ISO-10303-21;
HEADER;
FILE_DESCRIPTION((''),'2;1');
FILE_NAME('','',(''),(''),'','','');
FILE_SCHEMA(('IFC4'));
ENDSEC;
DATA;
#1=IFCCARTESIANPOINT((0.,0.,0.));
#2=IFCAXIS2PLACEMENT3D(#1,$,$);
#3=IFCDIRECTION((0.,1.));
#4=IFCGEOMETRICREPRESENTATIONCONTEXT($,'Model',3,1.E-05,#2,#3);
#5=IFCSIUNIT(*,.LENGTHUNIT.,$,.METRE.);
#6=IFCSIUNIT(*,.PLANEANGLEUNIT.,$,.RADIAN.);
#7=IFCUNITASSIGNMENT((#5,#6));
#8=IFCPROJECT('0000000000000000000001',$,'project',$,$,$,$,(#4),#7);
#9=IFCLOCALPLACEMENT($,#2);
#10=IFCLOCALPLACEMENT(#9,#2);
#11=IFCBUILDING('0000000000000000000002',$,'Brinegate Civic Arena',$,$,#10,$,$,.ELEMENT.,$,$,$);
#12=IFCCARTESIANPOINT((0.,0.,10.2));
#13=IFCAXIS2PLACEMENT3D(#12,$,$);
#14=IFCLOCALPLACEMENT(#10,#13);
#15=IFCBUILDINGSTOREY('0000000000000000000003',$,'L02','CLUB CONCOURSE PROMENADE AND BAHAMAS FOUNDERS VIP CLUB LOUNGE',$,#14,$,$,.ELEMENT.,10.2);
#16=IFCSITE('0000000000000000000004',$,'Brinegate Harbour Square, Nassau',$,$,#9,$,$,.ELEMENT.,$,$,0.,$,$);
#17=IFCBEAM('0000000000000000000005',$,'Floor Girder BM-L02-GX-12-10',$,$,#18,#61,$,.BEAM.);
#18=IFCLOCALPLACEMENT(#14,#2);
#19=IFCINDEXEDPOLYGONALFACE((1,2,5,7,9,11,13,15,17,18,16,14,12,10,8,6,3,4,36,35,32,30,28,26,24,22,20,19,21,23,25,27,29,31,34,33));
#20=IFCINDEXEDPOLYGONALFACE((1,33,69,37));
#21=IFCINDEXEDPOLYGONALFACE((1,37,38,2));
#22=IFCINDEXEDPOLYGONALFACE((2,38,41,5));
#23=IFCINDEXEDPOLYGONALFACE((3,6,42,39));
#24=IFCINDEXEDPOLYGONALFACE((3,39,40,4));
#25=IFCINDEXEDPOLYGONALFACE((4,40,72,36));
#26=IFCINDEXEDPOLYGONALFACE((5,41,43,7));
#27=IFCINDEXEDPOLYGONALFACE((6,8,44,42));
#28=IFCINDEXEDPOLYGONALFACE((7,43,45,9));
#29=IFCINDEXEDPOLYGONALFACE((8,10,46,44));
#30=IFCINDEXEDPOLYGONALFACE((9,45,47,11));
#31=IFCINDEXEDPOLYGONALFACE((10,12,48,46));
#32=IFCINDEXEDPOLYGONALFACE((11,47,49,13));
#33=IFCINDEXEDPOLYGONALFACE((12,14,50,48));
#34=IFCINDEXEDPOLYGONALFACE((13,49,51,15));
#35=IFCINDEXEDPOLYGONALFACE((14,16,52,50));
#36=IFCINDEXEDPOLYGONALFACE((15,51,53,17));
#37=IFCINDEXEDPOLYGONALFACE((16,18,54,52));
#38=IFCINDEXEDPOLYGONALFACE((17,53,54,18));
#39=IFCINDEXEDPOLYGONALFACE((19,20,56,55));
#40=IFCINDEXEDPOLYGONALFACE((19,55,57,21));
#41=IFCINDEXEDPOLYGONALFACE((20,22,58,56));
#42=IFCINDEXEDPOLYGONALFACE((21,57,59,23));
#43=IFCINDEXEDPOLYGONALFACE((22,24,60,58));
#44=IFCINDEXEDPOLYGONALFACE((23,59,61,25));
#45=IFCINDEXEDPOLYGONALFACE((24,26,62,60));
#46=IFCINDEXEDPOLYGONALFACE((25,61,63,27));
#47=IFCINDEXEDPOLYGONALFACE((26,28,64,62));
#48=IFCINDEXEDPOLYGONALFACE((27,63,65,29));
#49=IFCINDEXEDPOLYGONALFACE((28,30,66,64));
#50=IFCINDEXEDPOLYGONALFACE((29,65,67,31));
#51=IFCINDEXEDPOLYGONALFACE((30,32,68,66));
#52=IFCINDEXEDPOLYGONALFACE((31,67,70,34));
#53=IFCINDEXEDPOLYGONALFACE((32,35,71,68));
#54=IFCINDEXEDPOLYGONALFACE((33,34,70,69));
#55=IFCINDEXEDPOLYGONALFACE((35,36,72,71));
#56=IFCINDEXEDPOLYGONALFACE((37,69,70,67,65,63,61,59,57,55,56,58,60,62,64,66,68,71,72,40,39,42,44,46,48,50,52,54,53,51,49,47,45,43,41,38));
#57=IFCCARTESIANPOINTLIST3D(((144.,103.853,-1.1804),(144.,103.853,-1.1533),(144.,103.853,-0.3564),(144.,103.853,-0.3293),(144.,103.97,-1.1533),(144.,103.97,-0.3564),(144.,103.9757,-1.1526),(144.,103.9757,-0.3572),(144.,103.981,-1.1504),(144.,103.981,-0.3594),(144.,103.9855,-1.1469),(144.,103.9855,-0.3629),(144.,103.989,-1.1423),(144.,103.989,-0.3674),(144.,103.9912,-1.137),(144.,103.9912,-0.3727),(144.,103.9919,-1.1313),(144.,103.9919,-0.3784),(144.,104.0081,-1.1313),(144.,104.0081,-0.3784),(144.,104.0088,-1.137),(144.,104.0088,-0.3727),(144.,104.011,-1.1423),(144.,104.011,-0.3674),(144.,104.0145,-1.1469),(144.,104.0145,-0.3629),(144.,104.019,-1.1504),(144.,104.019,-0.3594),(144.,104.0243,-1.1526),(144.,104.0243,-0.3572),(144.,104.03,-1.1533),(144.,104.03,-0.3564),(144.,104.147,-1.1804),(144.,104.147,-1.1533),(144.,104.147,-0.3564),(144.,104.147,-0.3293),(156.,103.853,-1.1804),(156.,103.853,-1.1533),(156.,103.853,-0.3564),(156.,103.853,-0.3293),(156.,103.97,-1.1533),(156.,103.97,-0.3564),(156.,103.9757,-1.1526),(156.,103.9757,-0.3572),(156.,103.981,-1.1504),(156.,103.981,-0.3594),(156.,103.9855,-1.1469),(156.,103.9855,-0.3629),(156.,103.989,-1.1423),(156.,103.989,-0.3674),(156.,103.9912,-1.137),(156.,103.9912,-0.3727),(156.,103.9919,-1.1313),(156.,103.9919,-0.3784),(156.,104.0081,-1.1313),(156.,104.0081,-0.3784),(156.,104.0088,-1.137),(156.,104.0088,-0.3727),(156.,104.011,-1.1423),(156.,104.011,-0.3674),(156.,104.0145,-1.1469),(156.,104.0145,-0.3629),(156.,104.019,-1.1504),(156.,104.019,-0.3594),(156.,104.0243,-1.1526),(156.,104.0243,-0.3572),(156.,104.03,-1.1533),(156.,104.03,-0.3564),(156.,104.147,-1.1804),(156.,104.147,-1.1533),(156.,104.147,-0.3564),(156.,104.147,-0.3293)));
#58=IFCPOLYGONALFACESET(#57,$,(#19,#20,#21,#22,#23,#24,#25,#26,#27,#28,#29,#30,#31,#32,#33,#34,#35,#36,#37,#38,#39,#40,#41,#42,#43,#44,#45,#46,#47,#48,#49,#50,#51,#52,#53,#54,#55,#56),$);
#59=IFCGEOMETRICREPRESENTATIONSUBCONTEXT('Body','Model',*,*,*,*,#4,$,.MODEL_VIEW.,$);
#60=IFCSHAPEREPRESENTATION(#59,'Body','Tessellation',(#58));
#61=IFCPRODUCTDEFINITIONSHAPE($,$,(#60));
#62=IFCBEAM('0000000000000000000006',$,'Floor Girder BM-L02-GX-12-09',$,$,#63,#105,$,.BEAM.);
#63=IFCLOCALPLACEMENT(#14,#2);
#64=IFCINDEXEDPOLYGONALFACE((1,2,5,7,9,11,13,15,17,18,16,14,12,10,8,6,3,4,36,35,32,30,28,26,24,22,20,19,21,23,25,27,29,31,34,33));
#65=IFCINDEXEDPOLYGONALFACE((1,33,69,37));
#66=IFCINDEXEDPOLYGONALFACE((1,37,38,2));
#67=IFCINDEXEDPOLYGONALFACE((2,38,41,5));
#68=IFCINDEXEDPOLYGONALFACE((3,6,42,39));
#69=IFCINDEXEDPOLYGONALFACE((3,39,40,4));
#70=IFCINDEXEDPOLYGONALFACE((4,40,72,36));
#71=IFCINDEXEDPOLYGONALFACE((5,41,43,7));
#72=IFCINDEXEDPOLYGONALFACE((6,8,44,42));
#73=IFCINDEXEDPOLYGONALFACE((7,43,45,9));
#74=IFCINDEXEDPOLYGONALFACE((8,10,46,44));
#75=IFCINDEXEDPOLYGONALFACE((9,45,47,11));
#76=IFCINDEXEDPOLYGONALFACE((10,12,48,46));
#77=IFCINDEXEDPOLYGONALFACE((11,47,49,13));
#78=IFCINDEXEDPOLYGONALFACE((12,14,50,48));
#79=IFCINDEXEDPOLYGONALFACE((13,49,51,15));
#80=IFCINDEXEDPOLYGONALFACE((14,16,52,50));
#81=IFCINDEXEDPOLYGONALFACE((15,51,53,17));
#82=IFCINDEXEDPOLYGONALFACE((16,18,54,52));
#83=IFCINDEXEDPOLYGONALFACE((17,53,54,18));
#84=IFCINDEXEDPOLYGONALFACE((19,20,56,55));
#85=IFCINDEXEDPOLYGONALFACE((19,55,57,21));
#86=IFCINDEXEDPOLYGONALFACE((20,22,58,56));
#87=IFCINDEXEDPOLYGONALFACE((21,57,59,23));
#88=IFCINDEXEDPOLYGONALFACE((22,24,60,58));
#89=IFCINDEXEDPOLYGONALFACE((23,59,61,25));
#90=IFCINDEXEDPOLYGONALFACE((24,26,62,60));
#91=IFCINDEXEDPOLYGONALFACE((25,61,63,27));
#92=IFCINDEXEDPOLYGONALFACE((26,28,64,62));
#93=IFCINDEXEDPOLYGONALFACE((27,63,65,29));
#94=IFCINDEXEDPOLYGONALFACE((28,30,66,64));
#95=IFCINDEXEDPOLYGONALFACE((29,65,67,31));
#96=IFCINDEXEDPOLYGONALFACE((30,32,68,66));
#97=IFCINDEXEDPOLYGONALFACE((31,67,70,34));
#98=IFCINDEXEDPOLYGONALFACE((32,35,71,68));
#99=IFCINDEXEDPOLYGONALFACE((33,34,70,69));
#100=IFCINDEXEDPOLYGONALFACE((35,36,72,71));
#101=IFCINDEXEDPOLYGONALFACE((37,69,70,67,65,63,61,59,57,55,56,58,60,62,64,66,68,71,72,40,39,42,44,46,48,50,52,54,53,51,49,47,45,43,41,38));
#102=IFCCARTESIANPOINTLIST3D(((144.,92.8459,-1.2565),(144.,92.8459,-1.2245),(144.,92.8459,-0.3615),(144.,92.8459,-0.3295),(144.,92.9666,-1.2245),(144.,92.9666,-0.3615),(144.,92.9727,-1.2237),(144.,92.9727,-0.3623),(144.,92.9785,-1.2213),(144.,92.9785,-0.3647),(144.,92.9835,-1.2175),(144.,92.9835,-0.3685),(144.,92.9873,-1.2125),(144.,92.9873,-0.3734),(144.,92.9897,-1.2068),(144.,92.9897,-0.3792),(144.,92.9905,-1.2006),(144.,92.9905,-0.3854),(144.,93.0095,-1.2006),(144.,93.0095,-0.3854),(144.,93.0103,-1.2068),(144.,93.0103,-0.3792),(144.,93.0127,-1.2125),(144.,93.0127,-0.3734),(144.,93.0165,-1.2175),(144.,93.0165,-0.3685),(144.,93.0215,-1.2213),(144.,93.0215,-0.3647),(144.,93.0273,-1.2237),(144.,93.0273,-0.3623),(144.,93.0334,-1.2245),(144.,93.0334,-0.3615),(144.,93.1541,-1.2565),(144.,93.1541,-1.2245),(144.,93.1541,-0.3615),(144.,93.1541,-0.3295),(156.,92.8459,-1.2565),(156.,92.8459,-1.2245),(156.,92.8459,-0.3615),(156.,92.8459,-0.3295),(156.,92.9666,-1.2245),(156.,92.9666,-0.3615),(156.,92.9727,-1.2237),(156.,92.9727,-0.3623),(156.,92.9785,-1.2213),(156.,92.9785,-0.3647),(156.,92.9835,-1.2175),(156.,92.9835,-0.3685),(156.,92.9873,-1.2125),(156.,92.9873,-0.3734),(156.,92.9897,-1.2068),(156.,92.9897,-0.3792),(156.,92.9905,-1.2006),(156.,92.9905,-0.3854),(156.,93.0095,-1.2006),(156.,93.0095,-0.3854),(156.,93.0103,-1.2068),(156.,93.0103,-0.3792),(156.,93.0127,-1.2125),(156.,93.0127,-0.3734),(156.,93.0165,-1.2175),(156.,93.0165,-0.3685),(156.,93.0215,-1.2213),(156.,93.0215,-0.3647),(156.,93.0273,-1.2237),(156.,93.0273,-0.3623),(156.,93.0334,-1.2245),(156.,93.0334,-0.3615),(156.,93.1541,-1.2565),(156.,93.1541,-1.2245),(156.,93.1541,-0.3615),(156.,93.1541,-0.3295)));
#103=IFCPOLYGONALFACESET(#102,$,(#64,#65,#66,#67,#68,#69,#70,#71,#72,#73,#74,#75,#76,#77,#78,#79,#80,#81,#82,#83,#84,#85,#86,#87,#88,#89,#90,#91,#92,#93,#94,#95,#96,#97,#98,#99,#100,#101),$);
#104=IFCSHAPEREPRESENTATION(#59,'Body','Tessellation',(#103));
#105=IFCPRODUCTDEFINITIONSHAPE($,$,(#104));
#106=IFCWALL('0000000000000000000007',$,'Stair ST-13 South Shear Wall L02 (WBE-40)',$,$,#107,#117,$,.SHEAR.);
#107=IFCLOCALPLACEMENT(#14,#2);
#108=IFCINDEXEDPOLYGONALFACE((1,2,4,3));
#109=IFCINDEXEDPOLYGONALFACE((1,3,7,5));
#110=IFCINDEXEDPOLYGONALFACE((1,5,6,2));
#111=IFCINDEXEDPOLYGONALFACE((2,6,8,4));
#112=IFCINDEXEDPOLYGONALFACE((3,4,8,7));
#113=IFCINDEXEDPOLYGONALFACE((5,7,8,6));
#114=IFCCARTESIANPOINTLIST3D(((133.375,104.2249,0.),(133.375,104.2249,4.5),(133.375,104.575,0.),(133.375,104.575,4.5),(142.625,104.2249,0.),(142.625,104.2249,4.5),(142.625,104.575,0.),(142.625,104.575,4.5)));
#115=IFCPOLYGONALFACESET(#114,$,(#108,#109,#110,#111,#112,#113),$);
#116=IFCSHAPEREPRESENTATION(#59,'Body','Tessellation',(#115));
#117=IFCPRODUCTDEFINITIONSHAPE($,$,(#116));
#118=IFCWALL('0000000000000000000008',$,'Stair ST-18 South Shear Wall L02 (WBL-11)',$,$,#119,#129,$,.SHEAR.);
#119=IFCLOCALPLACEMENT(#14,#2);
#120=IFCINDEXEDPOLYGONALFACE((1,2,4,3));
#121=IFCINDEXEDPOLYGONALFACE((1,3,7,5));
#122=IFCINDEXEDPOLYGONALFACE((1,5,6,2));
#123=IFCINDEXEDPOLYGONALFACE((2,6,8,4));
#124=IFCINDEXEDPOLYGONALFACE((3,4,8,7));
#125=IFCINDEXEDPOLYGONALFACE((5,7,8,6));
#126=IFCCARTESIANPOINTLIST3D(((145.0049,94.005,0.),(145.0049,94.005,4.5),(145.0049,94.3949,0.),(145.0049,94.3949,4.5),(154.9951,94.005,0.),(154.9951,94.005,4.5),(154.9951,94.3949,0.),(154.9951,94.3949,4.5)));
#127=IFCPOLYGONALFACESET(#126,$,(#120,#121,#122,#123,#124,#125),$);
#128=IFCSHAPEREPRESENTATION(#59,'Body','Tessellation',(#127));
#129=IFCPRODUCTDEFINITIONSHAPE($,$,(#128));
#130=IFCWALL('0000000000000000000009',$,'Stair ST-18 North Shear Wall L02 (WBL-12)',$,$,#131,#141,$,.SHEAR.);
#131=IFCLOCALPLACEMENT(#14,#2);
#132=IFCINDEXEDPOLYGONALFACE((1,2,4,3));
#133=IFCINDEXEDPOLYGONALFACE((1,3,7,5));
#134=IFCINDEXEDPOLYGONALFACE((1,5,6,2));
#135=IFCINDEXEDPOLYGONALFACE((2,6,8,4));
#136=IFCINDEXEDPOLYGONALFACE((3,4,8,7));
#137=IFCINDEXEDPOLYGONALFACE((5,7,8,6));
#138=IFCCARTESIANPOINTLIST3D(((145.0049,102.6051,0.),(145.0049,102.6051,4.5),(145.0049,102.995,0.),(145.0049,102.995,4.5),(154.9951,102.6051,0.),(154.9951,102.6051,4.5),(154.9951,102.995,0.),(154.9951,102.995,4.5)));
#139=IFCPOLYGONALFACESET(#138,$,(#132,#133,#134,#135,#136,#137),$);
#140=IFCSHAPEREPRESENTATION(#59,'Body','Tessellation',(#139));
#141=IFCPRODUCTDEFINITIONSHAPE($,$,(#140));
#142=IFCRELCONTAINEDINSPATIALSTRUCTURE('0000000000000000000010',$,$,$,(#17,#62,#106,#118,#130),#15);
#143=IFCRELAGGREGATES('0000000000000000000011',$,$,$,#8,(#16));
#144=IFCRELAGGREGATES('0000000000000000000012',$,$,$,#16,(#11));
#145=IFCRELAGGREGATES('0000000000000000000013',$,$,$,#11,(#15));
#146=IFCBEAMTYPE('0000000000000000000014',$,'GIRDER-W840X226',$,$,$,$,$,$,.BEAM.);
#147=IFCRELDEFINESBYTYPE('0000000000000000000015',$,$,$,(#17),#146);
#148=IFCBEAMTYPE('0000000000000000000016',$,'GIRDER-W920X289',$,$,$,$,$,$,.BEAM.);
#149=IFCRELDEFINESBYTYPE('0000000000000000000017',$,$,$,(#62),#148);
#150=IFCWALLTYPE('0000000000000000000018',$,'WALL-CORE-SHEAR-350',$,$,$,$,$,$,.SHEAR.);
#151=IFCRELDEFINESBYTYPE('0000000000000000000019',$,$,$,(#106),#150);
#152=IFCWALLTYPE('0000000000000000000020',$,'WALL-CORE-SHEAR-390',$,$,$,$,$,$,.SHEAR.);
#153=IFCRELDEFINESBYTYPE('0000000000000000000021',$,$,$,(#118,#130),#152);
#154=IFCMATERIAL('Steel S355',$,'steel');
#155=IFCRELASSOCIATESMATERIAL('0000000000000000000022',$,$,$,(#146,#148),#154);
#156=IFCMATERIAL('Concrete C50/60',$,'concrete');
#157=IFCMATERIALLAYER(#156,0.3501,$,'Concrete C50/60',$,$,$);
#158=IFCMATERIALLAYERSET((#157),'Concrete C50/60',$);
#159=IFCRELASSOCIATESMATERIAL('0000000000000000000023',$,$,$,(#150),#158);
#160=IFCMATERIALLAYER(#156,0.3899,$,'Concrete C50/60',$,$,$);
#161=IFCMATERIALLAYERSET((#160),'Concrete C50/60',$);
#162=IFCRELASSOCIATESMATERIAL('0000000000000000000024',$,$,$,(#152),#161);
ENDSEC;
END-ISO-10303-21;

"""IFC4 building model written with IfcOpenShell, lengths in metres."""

from ifc_helpers import new_model, si_unit, direction, frame, frame_2d, origin, origin_2d, place, context, subcontext, project, spatial, rectangle, i_section, extrude, material, layer, layer_set, material_profile, profile_set, type_object, element, save


model = new_model("IFC4")

# Units and contexts
model_context = context("Model", 3, precision=1e-05, world=origin(), true_north=direction((0.0, 1.0)))
body_context = subcontext(model_context, "Body", "Model", "MODEL_VIEW")
ifc_project = project(units=[si_unit("LENGTHUNIT", "METRE"), si_unit("PLANEANGLEUNIT", "RADIAN")], contexts=[model_context])

# Site, building, storey
site_placement = place(None, origin())
site = spatial("IfcSite", under=ifc_project, at=site_placement, Name="Brinegate Harbour Square, Nassau", CompositionType="ELEMENT", RefElevation=0.0)
building_placement = place(site_placement, origin())
building = spatial("IfcBuilding", under=site, at=building_placement, Name="Brinegate Civic Arena", CompositionType="ELEMENT")
storey_placement = place(building_placement, frame((0.0, 0.0, 10.2)))
storey = spatial("IfcBuildingStorey", under=building, at=storey_placement, Name="L02", Description="CLUB CONCOURSE PROMENADE AND BAHAMAS FOUNDERS VIP CLUB LOUNGE", CompositionType="ELEMENT", Elevation=10.2)

# Shared definitions
ifc_material_1 = material(Name="Concrete C50/60", Category="concrete")

# Beams
ifc_material_2 = material(Name="Steel S355", Category="steel")
ifc_material_profile_1 = material_profile(ifc_material_2, i_section(OverallWidth=0.2939, OverallDepth=0.8511, WebThickness=0.0161, FlangeThickness=0.0271, FilletRadius=0.022, at=origin_2d()), Name="W840X226")
ifc_profile_set_1 = profile_set([ifc_material_profile_1], Name="Steel S355")
beam_type_1 = type_object("IfcBeamType", Name="GIRDER-W840X226", PredefinedType="BEAM", material=ifc_profile_set_1)
beam_1_placement = place(storey_placement, frame((144.0, 104.0, -0.7549), z_axis=(1.0, 0.0, 0.0), x_axis=(0.0, 1.0, 0.0)))
element("IfcBeam", 1, at=beam_1_placement, inside=storey, type_object=beam_type_1, Name="Floor Girder BM-L02-GX-12-10", PredefinedType="BEAM", context=body_context, shape_type="SweptSolid", body=[
    extrude(i_section(OverallWidth=0.2939, OverallDepth=0.8511, WebThickness=0.0161, FlangeThickness=0.0271, FilletRadius=0.022, at=origin_2d()), origin(), (0.0, 0.0, 1.0), 12.0),
])
ifc_material_profile_2 = material_profile(ifc_material_2, i_section(OverallWidth=0.3081, OverallDepth=0.927, WebThickness=0.019, FlangeThickness=0.032, FilletRadius=0.0239, at=origin_2d()), Name="W920X289")
ifc_profile_set_2 = profile_set([ifc_material_profile_2], Name="Steel S355")
beam_type_2 = type_object("IfcBeamType", Name="GIRDER-W920X289", PredefinedType="BEAM", material=ifc_profile_set_2)
beam_2_placement = place(storey_placement, frame((144.0, 93.0, -0.793), z_axis=(1.0, 0.0, 0.0), x_axis=(0.0, 1.0, 0.0)))
element("IfcBeam", 2, at=beam_2_placement, inside=storey, type_object=beam_type_2, Name="Floor Girder BM-L02-GX-12-09", PredefinedType="BEAM", context=body_context, shape_type="SweptSolid", body=[
    extrude(i_section(OverallWidth=0.3081, OverallDepth=0.927, WebThickness=0.019, FlangeThickness=0.032, FilletRadius=0.0239, at=origin_2d()), origin(), (0.0, 0.0, 1.0), 12.0),
])

# Walls
ifc_layer_1 = layer(ifc_material_1, 0.3501, Name="Concrete C50/60")
ifc_layer_set_1 = layer_set([ifc_layer_1], Name="Concrete C50/60")
wall_type_1 = type_object("IfcWallType", Name="WALL-CORE-SHEAR-350", PredefinedType="SHEAR", material=ifc_layer_set_1)
wall_1_placement = place(storey_placement, frame((133.375, 104.3999, 0.0), z_axis=(0.0, 0.0, 1.0), x_axis=(1.0, 0.0, 0.0)))
element("IfcWall", 3, at=wall_1_placement, inside=storey, type_object=wall_type_1, Name="Stair ST-13 South Shear Wall L02 (WBE-40)", PredefinedType="SHEAR", context=body_context, shape_type="SweptSolid", body=[
    extrude(rectangle(XDim=9.25, YDim=0.3501, at=frame_2d((4.625, 0.0))), origin(), (0.0, 0.0, 1.0), 4.5),
])
ifc_layer_2 = layer(ifc_material_1, 0.3899, Name="Concrete C50/60")
ifc_layer_set_2 = layer_set([ifc_layer_2], Name="Concrete C50/60")
wall_type_2 = type_object("IfcWallType", Name="WALL-CORE-SHEAR-390", PredefinedType="SHEAR", material=ifc_layer_set_2)
for number, where, z_axis, x_axis, name in (
    (4, (145.0049, 94.2, 0.0), (0.0, 0.0, 1.0), (1.0, 0.0, 0.0), "Stair ST-18 South Shear Wall L02 (WBL-11)"),
    (5, (145.0049, 102.8, 0.0), (0.0, 0.0, 1.0), (1.0, 0.0, 0.0), "Stair ST-18 North Shear Wall L02 (WBL-12)"),
):
    element("IfcWall", number, at=place(storey_placement, frame(where, z_axis=z_axis, x_axis=x_axis)), inside=storey, type_object=wall_type_2, Name=name, PredefinedType="SHEAR", context=body_context, shape_type="SweptSolid", body=[
        extrude(rectangle(XDim=9.9902, YDim=0.3899, at=frame_2d((4.9951, 0.0))), origin(), (0.0, 0.0, 1.0), 4.5),
    ])

save(model, "model.ifc")
